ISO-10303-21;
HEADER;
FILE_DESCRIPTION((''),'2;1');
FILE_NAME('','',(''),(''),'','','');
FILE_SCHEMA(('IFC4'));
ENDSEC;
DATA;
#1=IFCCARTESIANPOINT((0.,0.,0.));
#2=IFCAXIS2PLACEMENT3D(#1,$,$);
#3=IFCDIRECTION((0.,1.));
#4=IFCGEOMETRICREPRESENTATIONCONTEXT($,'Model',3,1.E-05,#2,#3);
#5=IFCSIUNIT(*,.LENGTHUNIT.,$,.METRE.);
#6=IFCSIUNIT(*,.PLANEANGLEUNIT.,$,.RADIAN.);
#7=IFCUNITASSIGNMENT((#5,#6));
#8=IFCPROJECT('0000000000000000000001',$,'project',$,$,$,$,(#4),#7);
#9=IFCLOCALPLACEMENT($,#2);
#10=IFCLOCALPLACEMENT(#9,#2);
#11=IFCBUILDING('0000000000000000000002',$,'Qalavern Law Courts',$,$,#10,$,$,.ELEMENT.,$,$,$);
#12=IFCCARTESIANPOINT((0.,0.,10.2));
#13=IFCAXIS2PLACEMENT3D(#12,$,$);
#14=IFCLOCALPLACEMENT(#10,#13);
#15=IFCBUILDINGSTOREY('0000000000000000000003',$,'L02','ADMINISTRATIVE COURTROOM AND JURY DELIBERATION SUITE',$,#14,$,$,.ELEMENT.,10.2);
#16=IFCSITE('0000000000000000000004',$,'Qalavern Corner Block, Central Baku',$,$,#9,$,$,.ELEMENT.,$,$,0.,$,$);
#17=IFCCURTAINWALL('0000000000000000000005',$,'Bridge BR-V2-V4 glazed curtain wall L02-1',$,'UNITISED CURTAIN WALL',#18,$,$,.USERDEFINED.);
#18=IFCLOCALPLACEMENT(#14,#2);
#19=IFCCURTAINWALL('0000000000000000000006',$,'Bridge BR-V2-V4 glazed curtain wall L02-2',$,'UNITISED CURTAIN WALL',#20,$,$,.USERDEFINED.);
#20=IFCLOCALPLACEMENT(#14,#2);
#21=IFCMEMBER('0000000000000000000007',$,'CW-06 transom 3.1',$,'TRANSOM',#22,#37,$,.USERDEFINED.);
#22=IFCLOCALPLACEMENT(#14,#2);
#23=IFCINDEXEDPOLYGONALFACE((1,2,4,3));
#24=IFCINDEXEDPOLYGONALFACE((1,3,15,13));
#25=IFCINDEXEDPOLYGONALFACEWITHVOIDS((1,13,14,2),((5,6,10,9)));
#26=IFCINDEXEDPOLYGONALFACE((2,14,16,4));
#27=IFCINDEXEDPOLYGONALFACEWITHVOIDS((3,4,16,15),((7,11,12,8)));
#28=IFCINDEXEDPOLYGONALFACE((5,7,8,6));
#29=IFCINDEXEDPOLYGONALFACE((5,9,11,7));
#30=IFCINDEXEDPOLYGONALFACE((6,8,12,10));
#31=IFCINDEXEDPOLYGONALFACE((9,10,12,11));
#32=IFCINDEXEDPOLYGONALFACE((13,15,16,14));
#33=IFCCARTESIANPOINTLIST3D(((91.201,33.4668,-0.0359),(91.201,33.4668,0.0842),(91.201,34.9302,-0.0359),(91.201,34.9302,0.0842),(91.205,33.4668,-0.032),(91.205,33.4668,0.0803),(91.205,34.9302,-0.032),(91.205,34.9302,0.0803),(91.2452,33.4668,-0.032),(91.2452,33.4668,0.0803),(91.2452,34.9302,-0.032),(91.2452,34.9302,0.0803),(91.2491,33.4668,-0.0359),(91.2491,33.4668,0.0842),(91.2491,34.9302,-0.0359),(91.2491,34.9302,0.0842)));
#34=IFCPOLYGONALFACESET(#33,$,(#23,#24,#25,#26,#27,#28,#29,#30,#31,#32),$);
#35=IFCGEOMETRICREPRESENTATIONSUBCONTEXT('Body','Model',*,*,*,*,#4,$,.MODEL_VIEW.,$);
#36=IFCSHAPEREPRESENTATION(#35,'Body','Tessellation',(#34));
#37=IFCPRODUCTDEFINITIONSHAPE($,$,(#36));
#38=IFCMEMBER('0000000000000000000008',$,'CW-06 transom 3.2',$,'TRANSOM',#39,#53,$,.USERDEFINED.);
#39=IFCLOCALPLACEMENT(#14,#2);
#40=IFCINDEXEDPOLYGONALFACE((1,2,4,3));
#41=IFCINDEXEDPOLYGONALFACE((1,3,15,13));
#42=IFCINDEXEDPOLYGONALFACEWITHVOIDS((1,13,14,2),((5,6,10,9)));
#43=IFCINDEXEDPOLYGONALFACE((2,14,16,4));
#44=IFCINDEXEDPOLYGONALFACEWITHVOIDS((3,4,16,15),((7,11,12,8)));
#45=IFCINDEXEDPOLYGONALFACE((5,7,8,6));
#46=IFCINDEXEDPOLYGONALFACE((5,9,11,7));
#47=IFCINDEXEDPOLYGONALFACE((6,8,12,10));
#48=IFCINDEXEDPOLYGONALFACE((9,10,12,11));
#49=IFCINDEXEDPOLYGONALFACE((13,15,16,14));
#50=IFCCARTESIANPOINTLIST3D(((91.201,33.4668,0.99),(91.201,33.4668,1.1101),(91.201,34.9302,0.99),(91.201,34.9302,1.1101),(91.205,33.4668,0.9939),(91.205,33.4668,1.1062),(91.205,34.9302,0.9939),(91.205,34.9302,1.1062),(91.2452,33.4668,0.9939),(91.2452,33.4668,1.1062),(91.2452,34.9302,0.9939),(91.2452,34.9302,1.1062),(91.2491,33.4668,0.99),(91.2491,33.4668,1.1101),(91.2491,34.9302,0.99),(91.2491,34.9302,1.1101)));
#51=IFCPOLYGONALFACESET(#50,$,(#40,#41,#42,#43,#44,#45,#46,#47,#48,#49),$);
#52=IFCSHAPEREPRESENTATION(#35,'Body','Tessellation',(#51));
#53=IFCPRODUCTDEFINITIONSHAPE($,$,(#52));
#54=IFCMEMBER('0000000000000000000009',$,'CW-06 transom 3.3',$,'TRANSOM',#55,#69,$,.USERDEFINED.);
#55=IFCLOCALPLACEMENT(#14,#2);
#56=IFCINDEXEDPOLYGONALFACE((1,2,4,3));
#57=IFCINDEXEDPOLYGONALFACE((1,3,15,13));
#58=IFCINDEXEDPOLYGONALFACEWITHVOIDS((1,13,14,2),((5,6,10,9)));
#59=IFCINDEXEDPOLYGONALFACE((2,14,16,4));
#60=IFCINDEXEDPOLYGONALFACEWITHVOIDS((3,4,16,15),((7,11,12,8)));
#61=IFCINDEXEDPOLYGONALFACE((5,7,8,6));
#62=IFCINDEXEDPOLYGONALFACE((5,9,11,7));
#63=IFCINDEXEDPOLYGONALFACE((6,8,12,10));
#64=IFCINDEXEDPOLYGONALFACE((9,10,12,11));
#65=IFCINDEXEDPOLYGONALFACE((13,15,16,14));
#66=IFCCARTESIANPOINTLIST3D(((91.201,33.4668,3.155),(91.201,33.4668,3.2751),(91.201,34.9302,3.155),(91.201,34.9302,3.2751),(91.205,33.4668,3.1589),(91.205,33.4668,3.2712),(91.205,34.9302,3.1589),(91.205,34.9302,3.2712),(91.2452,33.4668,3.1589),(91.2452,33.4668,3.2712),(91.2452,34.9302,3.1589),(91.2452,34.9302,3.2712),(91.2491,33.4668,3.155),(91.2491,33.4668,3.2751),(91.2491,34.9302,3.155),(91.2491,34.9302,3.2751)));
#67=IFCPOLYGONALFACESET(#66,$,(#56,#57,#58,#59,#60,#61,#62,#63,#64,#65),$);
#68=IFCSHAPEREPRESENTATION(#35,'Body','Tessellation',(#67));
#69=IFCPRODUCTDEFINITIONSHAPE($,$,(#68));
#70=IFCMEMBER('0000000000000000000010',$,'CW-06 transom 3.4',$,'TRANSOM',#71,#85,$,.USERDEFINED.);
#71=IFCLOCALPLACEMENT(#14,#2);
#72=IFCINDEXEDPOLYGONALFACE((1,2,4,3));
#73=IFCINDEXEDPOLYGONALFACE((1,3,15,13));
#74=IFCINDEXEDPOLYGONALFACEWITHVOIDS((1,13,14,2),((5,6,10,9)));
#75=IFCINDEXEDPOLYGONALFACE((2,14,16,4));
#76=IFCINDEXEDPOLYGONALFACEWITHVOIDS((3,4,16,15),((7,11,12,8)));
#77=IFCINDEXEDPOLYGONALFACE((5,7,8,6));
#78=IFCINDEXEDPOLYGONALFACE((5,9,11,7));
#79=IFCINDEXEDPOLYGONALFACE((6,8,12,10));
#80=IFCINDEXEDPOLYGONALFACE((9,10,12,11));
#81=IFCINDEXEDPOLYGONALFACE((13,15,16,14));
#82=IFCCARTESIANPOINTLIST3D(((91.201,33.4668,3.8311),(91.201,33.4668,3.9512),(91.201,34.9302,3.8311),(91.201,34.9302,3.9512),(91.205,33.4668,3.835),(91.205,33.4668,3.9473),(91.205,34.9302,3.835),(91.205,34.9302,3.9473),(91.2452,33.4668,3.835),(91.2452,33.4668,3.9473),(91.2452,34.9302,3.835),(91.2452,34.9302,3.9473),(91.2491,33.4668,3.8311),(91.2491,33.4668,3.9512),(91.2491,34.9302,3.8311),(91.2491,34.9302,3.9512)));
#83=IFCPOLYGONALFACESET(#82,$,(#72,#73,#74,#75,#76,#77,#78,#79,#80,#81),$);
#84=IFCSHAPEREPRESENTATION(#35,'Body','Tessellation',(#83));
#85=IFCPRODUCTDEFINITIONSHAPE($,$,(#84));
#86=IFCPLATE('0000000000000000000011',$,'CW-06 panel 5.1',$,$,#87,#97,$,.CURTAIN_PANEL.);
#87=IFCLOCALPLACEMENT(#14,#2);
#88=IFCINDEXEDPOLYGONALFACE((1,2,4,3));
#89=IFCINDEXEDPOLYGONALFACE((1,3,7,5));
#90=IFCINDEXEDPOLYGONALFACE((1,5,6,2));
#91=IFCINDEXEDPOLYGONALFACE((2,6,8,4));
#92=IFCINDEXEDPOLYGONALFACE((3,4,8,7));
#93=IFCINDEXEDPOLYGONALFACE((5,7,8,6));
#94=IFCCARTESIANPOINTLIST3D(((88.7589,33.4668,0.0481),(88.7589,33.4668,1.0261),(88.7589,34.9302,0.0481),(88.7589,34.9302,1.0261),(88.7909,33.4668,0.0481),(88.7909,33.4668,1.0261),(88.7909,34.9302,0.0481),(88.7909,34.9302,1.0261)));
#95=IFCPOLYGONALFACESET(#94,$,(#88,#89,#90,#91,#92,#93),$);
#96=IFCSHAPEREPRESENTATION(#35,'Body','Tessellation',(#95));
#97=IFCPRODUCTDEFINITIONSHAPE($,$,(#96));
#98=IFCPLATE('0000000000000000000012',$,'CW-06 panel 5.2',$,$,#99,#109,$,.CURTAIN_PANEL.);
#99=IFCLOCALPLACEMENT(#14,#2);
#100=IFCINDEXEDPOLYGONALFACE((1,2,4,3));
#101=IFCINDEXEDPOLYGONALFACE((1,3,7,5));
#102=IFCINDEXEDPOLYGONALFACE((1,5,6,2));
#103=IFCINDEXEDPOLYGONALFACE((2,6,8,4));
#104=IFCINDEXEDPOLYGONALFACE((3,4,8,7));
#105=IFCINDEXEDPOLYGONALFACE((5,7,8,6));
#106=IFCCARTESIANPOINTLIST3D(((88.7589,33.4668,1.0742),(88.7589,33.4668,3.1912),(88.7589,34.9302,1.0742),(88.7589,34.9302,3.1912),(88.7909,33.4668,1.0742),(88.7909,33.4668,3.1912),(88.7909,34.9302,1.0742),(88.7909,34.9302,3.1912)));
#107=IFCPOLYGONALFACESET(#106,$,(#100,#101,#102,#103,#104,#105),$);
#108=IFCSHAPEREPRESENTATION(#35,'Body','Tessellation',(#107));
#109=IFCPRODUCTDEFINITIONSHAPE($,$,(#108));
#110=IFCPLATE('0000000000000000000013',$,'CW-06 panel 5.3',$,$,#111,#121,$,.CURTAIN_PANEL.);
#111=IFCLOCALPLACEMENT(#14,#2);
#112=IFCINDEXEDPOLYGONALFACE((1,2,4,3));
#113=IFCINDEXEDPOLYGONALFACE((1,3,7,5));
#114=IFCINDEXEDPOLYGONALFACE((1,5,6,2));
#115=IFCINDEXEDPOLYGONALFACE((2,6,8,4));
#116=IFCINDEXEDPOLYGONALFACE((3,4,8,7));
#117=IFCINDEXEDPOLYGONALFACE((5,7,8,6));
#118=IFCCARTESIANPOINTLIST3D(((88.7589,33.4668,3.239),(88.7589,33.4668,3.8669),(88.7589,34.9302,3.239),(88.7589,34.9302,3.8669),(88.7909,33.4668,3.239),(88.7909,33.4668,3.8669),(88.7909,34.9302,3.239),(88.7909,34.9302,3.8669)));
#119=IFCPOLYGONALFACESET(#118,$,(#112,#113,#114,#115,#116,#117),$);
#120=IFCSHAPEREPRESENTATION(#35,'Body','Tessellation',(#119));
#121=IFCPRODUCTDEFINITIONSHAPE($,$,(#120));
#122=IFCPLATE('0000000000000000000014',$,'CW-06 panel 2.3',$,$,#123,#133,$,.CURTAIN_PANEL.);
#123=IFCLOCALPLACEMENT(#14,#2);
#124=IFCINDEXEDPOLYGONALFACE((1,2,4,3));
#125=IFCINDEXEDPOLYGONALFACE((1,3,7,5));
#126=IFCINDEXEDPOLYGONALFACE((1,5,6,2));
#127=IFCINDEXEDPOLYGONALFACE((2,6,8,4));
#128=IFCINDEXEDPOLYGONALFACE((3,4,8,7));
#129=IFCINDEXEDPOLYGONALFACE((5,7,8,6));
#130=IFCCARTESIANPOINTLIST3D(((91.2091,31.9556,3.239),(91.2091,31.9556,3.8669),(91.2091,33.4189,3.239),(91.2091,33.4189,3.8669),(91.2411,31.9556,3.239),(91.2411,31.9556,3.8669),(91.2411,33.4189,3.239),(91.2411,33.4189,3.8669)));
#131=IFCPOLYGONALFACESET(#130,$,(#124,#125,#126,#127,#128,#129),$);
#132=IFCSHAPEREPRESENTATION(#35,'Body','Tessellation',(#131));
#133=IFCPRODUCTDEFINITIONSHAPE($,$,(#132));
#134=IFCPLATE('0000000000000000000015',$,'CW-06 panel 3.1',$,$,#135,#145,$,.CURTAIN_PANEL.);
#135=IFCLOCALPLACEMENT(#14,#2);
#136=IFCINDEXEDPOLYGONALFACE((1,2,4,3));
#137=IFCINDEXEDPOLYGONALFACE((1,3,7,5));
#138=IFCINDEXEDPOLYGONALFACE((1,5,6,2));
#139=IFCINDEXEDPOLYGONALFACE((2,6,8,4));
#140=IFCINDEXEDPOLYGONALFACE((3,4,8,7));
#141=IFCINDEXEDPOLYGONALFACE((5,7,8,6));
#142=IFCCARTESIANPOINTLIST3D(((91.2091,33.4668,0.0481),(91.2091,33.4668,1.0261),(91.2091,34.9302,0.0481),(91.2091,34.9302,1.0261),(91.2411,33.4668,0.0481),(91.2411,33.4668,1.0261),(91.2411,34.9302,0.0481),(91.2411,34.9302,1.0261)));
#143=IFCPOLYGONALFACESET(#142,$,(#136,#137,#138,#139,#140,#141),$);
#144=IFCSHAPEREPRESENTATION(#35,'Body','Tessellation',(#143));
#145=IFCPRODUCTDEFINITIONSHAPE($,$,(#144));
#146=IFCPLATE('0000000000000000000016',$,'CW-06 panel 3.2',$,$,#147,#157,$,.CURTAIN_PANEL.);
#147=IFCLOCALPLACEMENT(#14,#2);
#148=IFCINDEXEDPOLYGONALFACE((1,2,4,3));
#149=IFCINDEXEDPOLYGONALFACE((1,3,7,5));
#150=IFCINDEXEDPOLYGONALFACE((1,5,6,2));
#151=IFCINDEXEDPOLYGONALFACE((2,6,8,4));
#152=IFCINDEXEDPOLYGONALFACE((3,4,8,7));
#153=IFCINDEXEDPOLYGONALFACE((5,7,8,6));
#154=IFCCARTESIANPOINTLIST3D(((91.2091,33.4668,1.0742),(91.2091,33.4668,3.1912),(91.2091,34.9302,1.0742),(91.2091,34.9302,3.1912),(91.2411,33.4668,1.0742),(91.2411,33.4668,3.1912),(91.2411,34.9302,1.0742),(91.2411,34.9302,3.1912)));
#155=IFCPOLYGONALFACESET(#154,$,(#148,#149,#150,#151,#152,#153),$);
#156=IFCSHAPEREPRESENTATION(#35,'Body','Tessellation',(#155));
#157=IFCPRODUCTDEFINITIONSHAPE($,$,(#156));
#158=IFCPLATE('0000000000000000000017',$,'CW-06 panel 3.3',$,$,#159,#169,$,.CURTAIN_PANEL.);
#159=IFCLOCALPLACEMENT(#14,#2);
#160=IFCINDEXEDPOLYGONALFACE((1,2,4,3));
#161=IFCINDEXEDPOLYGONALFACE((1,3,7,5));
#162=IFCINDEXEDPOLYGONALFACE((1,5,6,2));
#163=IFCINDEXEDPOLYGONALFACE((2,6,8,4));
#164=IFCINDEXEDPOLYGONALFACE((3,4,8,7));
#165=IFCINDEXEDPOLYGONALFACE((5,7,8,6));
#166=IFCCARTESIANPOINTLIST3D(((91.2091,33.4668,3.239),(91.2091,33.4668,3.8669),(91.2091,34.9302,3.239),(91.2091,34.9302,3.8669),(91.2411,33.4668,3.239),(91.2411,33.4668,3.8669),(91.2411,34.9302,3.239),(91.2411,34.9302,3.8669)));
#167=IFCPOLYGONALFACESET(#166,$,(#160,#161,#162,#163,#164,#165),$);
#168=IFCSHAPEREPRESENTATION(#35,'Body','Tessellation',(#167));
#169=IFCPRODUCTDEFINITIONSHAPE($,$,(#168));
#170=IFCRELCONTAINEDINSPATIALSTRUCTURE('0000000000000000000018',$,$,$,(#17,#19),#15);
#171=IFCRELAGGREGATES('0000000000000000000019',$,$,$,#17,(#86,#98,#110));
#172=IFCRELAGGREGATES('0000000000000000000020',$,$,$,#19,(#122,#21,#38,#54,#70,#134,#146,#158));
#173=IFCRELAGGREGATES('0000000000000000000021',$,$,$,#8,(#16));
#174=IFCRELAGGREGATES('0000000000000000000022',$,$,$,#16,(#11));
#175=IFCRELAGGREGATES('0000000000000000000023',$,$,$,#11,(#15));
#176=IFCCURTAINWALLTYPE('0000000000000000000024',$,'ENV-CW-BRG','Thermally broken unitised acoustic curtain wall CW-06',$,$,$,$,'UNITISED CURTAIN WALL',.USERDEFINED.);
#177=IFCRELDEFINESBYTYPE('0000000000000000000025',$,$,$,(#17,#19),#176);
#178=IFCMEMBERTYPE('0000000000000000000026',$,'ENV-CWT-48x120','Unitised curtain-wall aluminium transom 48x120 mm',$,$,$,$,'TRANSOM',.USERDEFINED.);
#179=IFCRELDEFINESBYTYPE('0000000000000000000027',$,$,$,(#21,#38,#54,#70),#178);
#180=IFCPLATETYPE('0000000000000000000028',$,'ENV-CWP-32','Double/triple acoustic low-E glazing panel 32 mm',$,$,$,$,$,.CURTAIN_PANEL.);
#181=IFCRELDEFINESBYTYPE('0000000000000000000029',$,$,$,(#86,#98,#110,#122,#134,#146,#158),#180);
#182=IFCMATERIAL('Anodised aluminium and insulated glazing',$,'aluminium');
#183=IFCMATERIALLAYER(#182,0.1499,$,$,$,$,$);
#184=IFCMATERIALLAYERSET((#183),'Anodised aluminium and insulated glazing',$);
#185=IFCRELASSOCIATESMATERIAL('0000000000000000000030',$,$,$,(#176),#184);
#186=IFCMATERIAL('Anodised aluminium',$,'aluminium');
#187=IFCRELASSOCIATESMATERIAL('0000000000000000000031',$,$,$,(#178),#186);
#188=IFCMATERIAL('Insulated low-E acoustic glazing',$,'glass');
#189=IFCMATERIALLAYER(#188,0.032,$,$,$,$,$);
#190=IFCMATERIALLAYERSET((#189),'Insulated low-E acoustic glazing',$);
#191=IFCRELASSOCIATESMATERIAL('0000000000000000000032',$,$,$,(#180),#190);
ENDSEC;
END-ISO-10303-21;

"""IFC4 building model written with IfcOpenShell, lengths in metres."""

from ifc_helpers import new_model, si_unit, direction, frame, origin, origin_2d, place, context, subcontext, project, spatial, rectangle, hollow_rectangle, extrude, material, layer, layer_set, material_profile, profile_set, type_object, element, aggregate, save


model = new_model("IFC4")

# Units and contexts
model_context = context("Model", 3, precision=1e-05, world=origin(), true_north=direction((0.0, 1.0)))
body_context = subcontext(model_context, "Body", "Model", "MODEL_VIEW")
ifc_project = project(units=[si_unit("LENGTHUNIT", "METRE"), si_unit("PLANEANGLEUNIT", "RADIAN")], contexts=[model_context])

# Site, building, storey
site_placement = place(None, origin())
site = spatial("IfcSite", under=ifc_project, at=site_placement, Name="Qalavern Corner Block, Central Baku", CompositionType="ELEMENT", RefElevation=0.0)
building_placement = place(site_placement, origin())
building = spatial("IfcBuilding", under=site, at=building_placement, Name="Qalavern Law Courts", CompositionType="ELEMENT")
storey_placement = place(building_placement, frame((0.0, 0.0, 10.2)))
storey = spatial("IfcBuildingStorey", under=building, at=storey_placement, Name="L02", Description="ADMINISTRATIVE COURTROOM AND JURY DELIBERATION SUITE", CompositionType="ELEMENT", Elevation=10.2)

# Curtain wall
ifc_material_1 = material(Name="Anodised aluminium and insulated glazing", Category="aluminium")
ifc_layer_1 = layer(ifc_material_1, 0.1499)
ifc_layer_set_1 = layer_set([ifc_layer_1], Name="Anodised aluminium and insulated glazing")
curtain_wall_type = type_object("IfcCurtainWallType", Name="ENV-CW-BRG", Description="Thermally broken unitised acoustic curtain wall CW-06", ElementType="UNITISED CURTAIN WALL", PredefinedType="USERDEFINED", material=ifc_layer_set_1)
curtain_wall_1_placement = place(storey_placement, origin())
curtain_wall_1 = element("IfcCurtainWall", 1, at=curtain_wall_1_placement, inside=storey, type_object=curtain_wall_type, Name="Bridge BR-V2-V4 glazed curtain wall L02-1", ObjectType="UNITISED CURTAIN WALL", PredefinedType="USERDEFINED")
ifc_material_2 = material(Name="Anodised aluminium", Category="aluminium")

# Curtain wall
curtain_wall_2_placement = place(storey_placement, origin())
curtain_wall_2 = element("IfcCurtainWall", 2, at=curtain_wall_2_placement, inside=storey, type_object=curtain_wall_type, Name="Bridge BR-V2-V4 glazed curtain wall L02-2", ObjectType="UNITISED CURTAIN WALL", PredefinedType="USERDEFINED")

# Members
ifc_material_profile_1 = material_profile(ifc_material_2, hollow_rectangle(XDim=0.0481, YDim=0.1201, WallThickness=0.0039, at=origin_2d()), Name="ALU TRANSOM 48x120")
ifc_profile_set_1 = profile_set([ifc_material_profile_1], Name="Anodised aluminium")
member_type_1 = type_object("IfcMemberType", Name="ENV-CWT-48x120", Description="Unitised curtain-wall aluminium transom 48x120 mm", ElementType="TRANSOM", PredefinedType="USERDEFINED", material=ifc_profile_set_1)
member_1_placement = place(storey_placement, frame((91.2251, 33.4668, 0.0242), z_axis=(0.0, 1.0, 0.0), x_axis=(-1.0, 0.0, 0.0)))
member_1 = element("IfcMember", 3, at=member_1_placement, type_object=member_type_1, Name="CW-06 transom 3.1", ObjectType="TRANSOM", PredefinedType="USERDEFINED", context=body_context, shape_type="SweptSolid", body=[
    extrude(hollow_rectangle(XDim=0.0481, YDim=0.1201, WallThickness=0.0039, at=origin_2d()), origin(), (0.0, 0.0, 1.0), 1.4634),
])
member_2_placement = place(storey_placement, frame((91.2251, 33.4668, 1.05), z_axis=(0.0, 1.0, 0.0), x_axis=(-1.0, 0.0, 0.0)))
member_2 = element("IfcMember", 4, at=member_2_placement, type_object=member_type_1, Name="CW-06 transom 3.2", ObjectType="TRANSOM", PredefinedType="USERDEFINED", context=body_context, shape_type="SweptSolid", body=[
    extrude(hollow_rectangle(XDim=0.0481, YDim=0.1201, WallThickness=0.0039, at=origin_2d()), origin(), (0.0, 0.0, 1.0), 1.4634),
])
member_3_placement = place(storey_placement, frame((91.2251, 33.4668, 3.2151), z_axis=(0.0, 1.0, 0.0), x_axis=(-1.0, 0.0, 0.0)))
member_3 = element("IfcMember", 5, at=member_3_placement, type_object=member_type_1, Name="CW-06 transom 3.3", ObjectType="TRANSOM", PredefinedType="USERDEFINED", context=body_context, shape_type="SweptSolid", body=[
    extrude(hollow_rectangle(XDim=0.0481, YDim=0.1201, WallThickness=0.0039, at=origin_2d()), origin(), (0.0, 0.0, 1.0), 1.4634),
])
member_4_placement = place(storey_placement, frame((91.2251, 33.4668, 3.8911), z_axis=(0.0, 1.0, 0.0), x_axis=(-1.0, 0.0, 0.0)))
member_4 = element("IfcMember", 6, at=member_4_placement, type_object=member_type_1, Name="CW-06 transom 3.4", ObjectType="TRANSOM", PredefinedType="USERDEFINED", context=body_context, shape_type="SweptSolid", body=[
    extrude(hollow_rectangle(XDim=0.0481, YDim=0.1201, WallThickness=0.0039, at=origin_2d()), origin(), (0.0, 0.0, 1.0), 1.4634),
])

# Plates
ifc_material_3 = material(Name="Insulated low-E acoustic glazing", Category="glass")
ifc_layer_2 = layer(ifc_material_3, 0.032)
ifc_layer_set_2 = layer_set([ifc_layer_2], Name="Insulated low-E acoustic glazing")
plate_type = type_object("IfcPlateType", Name="ENV-CWP-32", Description="Double/triple acoustic low-E glazing panel 32 mm", PredefinedType="CURTAIN_PANEL", material=ifc_layer_set_2)
plate_1_placement = place(storey_placement, frame((88.7749, 34.1985, 0.0481), z_axis=(0.0, 0.0, 1.0), x_axis=(0.0, -1.0, 0.0)))
plate_1 = element("IfcPlate", 7, at=plate_1_placement, type_object=plate_type, Name="CW-06 panel 5.1", PredefinedType="CURTAIN_PANEL", context=body_context, shape_type="SweptSolid", body=[
    extrude(rectangle(XDim=1.4634, YDim=0.032, at=origin_2d()), origin(), (0.0, 0.0, 1.0), 0.978),
])
plate_2_placement = place(storey_placement, frame((88.7749, 34.1985, 1.0742), z_axis=(0.0, 0.0, 1.0), x_axis=(0.0, -1.0, 0.0)))
plate_2 = element("IfcPlate", 8, at=plate_2_placement, type_object=plate_type, Name="CW-06 panel 5.2", PredefinedType="CURTAIN_PANEL", context=body_context, shape_type="SweptSolid", body=[
    extrude(rectangle(XDim=1.4634, YDim=0.032, at=origin_2d()), origin(), (0.0, 0.0, 1.0), 2.1169),
])
plate_3_placement = place(storey_placement, frame((88.7749, 34.1985, 3.239), z_axis=(0.0, 0.0, 1.0), x_axis=(0.0, -1.0, 0.0)))
plate_3 = element("IfcPlate", 9, at=plate_3_placement, type_object=plate_type, Name="CW-06 panel 5.3", PredefinedType="CURTAIN_PANEL", context=body_context, shape_type="SweptSolid", body=[
    extrude(rectangle(XDim=1.4634, YDim=0.032, at=origin_2d()), origin(), (0.0, 0.0, 1.0), 0.6279),
])
aggregate(curtain_wall_1, [plate_1, plate_2, plate_3])
plate_4_placement = place(storey_placement, frame((91.2251, 32.6873, 3.239), z_axis=(0.0, 0.0, 1.0), x_axis=(0.0, 1.0, 0.0)))
plate_4 = element("IfcPlate", 10, at=plate_4_placement, type_object=plate_type, Name="CW-06 panel 2.3", PredefinedType="CURTAIN_PANEL", context=body_context, shape_type="SweptSolid", body=[
    extrude(rectangle(XDim=1.4634, YDim=0.032, at=origin_2d()), origin(), (0.0, 0.0, 1.0), 0.6279),
])
plate_5_placement = place(storey_placement, frame((91.2251, 34.1985, 0.0481), z_axis=(0.0, 0.0, 1.0), x_axis=(0.0, 1.0, 0.0)))
plate_5 = element("IfcPlate", 11, at=plate_5_placement, type_object=plate_type, Name="CW-06 panel 3.1", PredefinedType="CURTAIN_PANEL", context=body_context, shape_type="SweptSolid", body=[
    extrude(rectangle(XDim=1.4634, YDim=0.032, at=origin_2d()), origin(), (0.0, 0.0, 1.0), 0.978),
])
plate_6_placement = place(storey_placement, frame((91.2251, 34.1985, 1.0742), z_axis=(0.0, 0.0, 1.0), x_axis=(0.0, 1.0, 0.0)))
plate_6 = element("IfcPlate", 12, at=plate_6_placement, type_object=plate_type, Name="CW-06 panel 3.2", PredefinedType="CURTAIN_PANEL", context=body_context, shape_type="SweptSolid", body=[
    extrude(rectangle(XDim=1.4634, YDim=0.032, at=origin_2d()), origin(), (0.0, 0.0, 1.0), 2.1169),
])
plate_7_placement = place(storey_placement, frame((91.2251, 34.1985, 3.239), z_axis=(0.0, 0.0, 1.0), x_axis=(0.0, 1.0, 0.0)))
plate_7 = element("IfcPlate", 13, at=plate_7_placement, type_object=plate_type, Name="CW-06 panel 3.3", PredefinedType="CURTAIN_PANEL", context=body_context, shape_type="SweptSolid", body=[
    extrude(rectangle(XDim=1.4634, YDim=0.032, at=origin_2d()), origin(), (0.0, 0.0, 1.0), 0.6279),
])
aggregate(curtain_wall_2, [plate_4, member_1, member_2, member_3, member_4, plate_5, plate_6, plate_7])

save(model, "model.ifc")
